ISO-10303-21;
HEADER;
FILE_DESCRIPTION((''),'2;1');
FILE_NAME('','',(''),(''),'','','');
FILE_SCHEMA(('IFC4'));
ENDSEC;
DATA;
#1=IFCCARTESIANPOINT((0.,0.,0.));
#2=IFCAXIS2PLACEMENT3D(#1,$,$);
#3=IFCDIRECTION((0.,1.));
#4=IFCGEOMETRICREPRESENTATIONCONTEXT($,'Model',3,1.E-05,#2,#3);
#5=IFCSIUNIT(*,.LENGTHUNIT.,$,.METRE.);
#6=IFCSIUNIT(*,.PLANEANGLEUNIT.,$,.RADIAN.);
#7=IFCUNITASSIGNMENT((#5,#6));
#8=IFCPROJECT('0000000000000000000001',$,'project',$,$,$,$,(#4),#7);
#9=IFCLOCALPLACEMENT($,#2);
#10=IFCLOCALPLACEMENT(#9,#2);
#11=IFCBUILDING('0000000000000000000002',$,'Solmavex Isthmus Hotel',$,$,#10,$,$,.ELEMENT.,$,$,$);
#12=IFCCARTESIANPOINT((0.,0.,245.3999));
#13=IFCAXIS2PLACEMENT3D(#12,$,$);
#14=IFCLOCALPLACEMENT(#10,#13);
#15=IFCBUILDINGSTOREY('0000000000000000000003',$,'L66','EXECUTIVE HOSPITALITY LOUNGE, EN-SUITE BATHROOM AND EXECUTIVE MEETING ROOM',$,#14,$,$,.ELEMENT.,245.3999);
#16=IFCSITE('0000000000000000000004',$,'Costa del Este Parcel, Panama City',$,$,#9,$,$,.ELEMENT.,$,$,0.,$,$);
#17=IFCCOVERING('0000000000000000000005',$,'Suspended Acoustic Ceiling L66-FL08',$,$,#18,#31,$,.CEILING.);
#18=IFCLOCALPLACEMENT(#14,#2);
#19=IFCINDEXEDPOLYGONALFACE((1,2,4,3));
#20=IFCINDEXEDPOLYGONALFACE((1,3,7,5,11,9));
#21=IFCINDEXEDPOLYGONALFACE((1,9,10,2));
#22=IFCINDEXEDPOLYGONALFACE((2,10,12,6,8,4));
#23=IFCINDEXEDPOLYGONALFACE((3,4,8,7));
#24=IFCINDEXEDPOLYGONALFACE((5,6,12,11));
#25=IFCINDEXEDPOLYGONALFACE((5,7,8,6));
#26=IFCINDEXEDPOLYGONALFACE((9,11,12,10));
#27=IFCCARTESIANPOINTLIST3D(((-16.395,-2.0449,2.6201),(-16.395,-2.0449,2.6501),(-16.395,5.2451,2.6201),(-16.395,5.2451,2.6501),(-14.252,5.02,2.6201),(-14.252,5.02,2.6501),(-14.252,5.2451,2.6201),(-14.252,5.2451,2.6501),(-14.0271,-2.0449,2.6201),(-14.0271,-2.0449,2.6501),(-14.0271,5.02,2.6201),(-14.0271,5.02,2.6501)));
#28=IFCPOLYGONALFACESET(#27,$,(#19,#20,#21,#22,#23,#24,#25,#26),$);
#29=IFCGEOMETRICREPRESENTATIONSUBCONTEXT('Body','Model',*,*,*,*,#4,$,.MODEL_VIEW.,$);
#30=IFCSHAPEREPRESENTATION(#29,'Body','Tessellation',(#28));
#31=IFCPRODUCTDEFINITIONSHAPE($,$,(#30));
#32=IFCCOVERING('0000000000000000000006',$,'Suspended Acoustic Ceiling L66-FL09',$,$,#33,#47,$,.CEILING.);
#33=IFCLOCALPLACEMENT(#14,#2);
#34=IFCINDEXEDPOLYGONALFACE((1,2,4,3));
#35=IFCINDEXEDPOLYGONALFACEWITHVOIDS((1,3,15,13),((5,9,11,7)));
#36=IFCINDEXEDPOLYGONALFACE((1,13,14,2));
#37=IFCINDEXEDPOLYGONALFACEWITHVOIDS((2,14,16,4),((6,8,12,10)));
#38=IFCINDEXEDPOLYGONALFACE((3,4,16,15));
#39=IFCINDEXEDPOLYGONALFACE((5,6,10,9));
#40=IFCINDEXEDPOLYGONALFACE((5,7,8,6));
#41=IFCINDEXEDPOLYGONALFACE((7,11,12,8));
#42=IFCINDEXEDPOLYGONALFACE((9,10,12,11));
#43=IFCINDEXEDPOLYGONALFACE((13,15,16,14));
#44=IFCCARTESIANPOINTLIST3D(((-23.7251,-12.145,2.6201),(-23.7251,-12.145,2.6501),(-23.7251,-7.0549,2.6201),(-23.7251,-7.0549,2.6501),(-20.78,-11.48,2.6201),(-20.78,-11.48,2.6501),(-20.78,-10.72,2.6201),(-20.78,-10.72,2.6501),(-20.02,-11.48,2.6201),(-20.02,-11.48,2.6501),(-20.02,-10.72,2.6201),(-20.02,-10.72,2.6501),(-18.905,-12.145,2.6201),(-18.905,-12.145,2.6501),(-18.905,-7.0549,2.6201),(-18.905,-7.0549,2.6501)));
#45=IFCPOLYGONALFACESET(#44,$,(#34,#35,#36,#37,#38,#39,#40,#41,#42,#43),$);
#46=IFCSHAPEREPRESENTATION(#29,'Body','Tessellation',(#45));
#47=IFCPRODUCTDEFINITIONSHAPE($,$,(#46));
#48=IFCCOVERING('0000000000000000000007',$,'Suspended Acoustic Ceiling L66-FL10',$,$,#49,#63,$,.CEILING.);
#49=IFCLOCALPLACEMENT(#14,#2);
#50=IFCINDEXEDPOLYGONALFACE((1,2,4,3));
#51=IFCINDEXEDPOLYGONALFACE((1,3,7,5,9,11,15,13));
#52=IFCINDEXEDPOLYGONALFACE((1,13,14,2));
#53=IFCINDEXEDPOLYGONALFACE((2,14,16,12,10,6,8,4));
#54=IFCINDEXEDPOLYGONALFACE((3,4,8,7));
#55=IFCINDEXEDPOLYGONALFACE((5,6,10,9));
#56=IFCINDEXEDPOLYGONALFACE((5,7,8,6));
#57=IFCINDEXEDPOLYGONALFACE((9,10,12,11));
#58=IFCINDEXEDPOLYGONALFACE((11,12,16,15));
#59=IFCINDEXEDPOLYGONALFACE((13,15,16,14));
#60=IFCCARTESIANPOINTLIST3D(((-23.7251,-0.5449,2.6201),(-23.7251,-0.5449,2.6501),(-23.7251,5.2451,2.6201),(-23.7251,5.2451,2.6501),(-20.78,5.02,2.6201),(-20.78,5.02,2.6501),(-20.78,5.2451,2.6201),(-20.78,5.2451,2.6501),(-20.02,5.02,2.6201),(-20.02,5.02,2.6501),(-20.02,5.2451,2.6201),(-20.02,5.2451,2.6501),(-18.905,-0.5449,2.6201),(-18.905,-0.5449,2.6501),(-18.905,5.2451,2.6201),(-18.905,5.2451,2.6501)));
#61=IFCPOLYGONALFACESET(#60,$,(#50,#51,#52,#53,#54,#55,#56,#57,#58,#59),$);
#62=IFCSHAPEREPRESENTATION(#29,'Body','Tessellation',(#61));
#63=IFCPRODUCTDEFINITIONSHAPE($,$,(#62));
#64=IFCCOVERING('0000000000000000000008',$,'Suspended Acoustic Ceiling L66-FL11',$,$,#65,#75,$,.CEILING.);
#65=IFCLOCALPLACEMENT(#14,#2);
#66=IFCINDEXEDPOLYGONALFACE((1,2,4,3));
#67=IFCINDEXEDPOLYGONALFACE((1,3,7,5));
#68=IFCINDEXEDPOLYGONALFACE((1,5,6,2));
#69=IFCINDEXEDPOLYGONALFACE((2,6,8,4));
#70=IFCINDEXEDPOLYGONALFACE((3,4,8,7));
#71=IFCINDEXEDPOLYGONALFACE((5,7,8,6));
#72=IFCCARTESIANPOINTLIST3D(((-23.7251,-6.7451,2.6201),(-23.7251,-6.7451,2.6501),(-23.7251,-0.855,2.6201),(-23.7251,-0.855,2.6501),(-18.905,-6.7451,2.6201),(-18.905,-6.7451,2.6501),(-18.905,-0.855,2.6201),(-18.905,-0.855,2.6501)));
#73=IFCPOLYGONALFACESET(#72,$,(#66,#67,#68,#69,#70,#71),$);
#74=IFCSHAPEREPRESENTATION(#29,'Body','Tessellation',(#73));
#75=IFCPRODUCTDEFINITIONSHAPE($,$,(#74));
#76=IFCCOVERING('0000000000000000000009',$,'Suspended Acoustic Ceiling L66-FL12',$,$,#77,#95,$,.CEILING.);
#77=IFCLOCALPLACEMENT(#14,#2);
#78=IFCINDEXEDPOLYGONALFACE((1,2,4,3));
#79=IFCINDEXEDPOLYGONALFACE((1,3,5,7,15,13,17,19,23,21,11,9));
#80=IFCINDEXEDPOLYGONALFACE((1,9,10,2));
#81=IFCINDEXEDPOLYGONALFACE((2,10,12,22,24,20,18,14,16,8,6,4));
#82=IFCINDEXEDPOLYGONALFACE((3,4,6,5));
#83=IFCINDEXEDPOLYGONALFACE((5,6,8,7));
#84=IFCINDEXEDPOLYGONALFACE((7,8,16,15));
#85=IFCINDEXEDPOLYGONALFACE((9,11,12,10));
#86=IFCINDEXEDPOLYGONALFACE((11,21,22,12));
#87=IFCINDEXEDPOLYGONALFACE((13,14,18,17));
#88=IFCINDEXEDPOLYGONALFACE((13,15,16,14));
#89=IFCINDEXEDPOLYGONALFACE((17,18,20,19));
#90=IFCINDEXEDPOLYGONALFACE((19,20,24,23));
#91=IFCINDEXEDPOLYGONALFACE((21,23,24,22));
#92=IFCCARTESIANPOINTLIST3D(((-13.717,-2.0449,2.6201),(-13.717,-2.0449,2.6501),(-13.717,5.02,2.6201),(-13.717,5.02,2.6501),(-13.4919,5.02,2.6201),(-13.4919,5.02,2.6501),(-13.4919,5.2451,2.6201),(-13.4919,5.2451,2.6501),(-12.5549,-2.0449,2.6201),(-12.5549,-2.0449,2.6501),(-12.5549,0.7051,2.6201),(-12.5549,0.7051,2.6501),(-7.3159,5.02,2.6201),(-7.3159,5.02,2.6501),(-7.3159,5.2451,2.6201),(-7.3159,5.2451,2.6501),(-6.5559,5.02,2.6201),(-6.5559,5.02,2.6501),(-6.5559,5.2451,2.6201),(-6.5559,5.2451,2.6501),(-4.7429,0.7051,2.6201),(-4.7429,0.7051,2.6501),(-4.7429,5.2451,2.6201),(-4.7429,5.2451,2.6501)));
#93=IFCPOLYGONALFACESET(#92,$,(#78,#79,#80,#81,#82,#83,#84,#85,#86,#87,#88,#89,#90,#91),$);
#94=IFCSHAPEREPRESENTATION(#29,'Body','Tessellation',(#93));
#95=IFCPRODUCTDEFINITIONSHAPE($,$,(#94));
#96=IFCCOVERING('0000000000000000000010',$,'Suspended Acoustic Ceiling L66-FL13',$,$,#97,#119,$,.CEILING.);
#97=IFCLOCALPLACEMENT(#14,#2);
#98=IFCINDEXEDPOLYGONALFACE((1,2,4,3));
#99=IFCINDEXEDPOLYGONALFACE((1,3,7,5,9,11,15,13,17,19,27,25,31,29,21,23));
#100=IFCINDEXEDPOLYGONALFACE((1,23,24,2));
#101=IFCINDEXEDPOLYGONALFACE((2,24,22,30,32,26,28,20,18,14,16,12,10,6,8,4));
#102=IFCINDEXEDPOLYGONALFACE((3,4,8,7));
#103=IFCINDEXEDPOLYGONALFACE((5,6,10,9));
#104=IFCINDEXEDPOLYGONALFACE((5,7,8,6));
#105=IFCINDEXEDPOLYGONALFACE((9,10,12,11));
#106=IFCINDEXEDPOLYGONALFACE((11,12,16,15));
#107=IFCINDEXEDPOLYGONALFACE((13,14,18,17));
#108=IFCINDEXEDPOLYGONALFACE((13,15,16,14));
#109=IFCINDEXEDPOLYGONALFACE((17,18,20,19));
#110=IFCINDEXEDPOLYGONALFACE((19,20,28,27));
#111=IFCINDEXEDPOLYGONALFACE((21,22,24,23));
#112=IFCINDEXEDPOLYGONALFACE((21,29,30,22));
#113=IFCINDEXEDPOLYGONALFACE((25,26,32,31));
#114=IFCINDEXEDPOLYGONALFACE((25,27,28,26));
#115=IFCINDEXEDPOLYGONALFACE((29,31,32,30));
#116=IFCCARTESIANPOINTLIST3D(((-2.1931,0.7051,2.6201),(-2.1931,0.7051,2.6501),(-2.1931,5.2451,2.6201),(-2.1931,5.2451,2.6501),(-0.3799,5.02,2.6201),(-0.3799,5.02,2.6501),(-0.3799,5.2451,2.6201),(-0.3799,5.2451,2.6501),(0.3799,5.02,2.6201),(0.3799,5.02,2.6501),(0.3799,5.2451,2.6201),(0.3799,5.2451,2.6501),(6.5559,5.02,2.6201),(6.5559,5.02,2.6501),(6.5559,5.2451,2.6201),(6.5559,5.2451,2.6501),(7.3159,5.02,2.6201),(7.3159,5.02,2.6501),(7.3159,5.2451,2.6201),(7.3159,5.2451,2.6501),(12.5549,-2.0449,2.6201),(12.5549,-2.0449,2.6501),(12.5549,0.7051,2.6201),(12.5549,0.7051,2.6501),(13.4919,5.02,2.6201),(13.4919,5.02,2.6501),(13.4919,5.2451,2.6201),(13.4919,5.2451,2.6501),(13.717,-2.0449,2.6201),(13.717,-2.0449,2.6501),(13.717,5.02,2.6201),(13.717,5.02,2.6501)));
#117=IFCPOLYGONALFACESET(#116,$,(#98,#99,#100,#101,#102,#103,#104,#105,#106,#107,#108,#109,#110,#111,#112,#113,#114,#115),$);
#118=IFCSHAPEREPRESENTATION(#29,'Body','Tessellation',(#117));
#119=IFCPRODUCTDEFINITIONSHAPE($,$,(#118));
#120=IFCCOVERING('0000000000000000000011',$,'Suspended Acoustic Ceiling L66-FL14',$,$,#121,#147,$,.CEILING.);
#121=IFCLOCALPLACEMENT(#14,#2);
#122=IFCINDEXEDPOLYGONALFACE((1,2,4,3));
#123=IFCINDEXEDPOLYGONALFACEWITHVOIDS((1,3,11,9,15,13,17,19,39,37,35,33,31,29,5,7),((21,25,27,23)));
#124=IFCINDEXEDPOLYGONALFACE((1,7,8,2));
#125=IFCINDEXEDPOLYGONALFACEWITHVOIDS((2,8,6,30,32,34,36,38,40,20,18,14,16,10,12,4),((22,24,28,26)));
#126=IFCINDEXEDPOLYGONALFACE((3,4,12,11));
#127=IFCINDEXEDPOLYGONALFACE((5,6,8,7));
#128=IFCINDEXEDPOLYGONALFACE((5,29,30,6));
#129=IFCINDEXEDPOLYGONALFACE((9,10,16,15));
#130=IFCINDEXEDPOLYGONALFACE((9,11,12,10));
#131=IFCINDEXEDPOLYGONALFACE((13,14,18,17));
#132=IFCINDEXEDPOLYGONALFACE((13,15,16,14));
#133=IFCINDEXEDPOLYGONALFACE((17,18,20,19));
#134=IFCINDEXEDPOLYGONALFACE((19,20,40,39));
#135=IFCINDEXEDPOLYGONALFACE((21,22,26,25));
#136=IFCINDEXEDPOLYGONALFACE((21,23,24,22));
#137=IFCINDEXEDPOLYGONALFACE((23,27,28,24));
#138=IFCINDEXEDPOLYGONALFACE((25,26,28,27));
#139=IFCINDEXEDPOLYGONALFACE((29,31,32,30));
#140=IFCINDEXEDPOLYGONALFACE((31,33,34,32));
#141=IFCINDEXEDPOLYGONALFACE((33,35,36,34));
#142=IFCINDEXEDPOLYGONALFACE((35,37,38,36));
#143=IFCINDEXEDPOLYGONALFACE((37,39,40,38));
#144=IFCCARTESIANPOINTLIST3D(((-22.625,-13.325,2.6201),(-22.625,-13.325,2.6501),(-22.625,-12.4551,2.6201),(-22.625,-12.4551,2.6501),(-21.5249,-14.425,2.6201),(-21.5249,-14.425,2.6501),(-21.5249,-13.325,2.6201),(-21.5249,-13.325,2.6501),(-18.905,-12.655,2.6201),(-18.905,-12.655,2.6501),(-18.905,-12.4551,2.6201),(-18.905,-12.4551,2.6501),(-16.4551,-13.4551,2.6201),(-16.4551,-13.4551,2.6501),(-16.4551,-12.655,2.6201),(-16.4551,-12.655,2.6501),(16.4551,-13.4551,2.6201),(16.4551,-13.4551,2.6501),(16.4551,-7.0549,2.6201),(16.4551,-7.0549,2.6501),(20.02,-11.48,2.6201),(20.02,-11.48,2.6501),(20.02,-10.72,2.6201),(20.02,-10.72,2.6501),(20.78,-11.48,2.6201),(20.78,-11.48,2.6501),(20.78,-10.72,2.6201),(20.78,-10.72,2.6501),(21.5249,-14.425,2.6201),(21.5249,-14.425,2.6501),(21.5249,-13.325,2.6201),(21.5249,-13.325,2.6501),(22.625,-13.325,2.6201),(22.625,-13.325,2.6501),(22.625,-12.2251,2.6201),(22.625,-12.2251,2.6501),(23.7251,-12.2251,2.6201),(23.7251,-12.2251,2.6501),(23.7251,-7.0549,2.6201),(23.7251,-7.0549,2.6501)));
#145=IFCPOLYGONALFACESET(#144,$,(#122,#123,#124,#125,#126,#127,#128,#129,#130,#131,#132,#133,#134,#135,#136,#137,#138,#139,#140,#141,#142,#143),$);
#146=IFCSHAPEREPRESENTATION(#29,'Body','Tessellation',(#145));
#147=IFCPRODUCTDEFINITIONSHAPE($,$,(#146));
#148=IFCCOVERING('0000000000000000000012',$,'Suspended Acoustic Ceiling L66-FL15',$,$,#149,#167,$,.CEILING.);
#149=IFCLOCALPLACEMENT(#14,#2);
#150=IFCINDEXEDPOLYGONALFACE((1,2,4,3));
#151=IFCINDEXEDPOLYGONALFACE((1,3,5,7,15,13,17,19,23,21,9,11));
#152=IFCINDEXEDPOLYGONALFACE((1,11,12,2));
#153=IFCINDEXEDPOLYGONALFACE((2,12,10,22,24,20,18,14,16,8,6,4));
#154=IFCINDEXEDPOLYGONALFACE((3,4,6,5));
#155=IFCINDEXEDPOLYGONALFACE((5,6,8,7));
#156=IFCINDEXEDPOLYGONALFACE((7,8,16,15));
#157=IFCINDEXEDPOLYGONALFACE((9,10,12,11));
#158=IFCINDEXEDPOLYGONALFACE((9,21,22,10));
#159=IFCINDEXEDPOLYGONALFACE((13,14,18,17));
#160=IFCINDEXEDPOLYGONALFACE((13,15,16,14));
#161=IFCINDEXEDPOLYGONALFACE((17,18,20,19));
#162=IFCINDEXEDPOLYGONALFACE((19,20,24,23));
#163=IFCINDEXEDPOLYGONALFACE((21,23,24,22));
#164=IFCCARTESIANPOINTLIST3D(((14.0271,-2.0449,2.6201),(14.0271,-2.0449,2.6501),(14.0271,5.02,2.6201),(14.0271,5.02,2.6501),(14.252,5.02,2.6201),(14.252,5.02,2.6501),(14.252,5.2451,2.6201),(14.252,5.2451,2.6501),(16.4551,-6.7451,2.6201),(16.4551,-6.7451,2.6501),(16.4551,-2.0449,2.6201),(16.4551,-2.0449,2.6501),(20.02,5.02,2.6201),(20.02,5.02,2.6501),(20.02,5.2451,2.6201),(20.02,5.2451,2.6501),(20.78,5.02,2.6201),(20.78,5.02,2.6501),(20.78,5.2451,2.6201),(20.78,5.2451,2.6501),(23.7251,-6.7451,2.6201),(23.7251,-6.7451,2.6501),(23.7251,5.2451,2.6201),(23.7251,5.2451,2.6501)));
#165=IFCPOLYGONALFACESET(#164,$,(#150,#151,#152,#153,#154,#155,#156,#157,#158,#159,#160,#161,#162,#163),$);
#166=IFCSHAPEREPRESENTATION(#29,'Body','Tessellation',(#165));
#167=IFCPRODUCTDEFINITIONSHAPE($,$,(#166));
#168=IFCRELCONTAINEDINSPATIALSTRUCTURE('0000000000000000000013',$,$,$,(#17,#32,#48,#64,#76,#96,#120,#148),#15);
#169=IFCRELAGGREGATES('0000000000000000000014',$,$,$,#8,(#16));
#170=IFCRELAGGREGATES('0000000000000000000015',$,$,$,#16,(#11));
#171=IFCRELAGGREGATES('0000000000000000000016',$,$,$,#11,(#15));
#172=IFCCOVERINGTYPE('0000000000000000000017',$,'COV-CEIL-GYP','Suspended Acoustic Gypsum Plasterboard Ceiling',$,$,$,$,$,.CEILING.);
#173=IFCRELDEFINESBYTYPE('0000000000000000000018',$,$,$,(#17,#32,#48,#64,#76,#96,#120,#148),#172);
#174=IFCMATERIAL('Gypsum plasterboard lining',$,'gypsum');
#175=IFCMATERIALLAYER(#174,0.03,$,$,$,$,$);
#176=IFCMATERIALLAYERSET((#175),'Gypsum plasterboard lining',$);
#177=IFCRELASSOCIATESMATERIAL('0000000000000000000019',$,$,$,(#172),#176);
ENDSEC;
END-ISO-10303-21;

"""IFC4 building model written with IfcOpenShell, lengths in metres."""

from ifc_helpers import new_model, si_unit, direction, frame, origin, place, context, subcontext, project, spatial, polyline, outline, extrude, material, layer, layer_set, type_object, element, save


model = new_model("IFC4")

# Units and contexts
model_context = context("Model", 3, precision=1e-05, world=origin(), true_north=direction((0.0, 1.0)))
body_context = subcontext(model_context, "Body", "Model", "MODEL_VIEW")
ifc_project = project(units=[si_unit("LENGTHUNIT", "METRE"), si_unit("PLANEANGLEUNIT", "RADIAN")], contexts=[model_context])

# Site, building, storey
site_placement = place(None, origin())
site = spatial("IfcSite", under=ifc_project, at=site_placement, Name="Costa del Este Parcel, Panama City", CompositionType="ELEMENT", RefElevation=0.0)
building_placement = place(site_placement, origin())
building = spatial("IfcBuilding", under=site, at=building_placement, Name="Solmavex Isthmus Hotel", CompositionType="ELEMENT")
storey_placement = place(building_placement, frame((0.0, 0.0, 245.3999)))
storey = spatial("IfcBuildingStorey", under=building, at=storey_placement, Name="L66", Description="EXECUTIVE HOSPITALITY LOUNGE, EN-SUITE BATHROOM AND EXECUTIVE MEETING ROOM", CompositionType="ELEMENT", Elevation=245.3999)

# Coverings
ifc_material_1 = material(Name="Gypsum plasterboard lining", Category="gypsum")
ifc_layer_1 = layer(ifc_material_1, 0.03)
ifc_layer_set_1 = layer_set([ifc_layer_1], Name="Gypsum plasterboard lining")
covering_type_1 = type_object("IfcCoveringType", Name="COV-CEIL-GYP", Description="Suspended Acoustic Gypsum Plasterboard Ceiling", PredefinedType="CEILING", material=ifc_layer_set_1)
covering_1_placement = place(storey_placement, frame((0.0, 0.0, 2.6201)))
element("IfcCovering", 1, at=covering_1_placement, inside=storey, type_object=covering_type_1, Name="Suspended Acoustic Ceiling L66-FL08", PredefinedType="CEILING", context=body_context, shape_type="SweptSolid", body=[
    extrude(outline(polyline([(-16.395, -2.0449), (-14.0271, -2.0449), (-14.0271, 5.02), (-14.252, 5.02), (-14.252, 5.2451), (-16.395, 5.2451), (-16.395, -2.0449)])), origin(), (0.0, 0.0, 1.0), 0.03),
])
covering_2_placement = place(storey_placement, frame((0.0, 0.0, 2.6201)))
element("IfcCovering", 2, at=covering_2_placement, inside=storey, type_object=covering_type_1, Name="Suspended Acoustic Ceiling L66-FL09", PredefinedType="CEILING", context=body_context, shape_type="SweptSolid", body=[
    extrude(outline(polyline([(-23.7251, -7.0549), (-23.7251, -12.145), (-18.905, -12.145), (-18.905, -7.0549), (-23.7251, -7.0549)]), holes=[polyline([(-20.78, -11.48), (-20.78, -10.72), (-20.02, -10.72), (-20.02, -11.48), (-20.78, -11.48)])]), origin(), (0.0, 0.0, 1.0), 0.03),
])
covering_3_placement = place(storey_placement, frame((0.0, 0.0, 2.6201)))
element("IfcCovering", 3, at=covering_3_placement, inside=storey, type_object=covering_type_1, Name="Suspended Acoustic Ceiling L66-FL10", PredefinedType="CEILING", context=body_context, shape_type="SweptSolid", body=[
    extrude(outline(polyline([(-20.02, 5.2451), (-20.02, 5.02), (-20.78, 5.02), (-20.78, 5.2451), (-23.7251, 5.2451), (-23.7251, -0.5449), (-18.905, -0.5449), (-18.905, 5.2451), (-20.02, 5.2451)])), origin(), (0.0, 0.0, 1.0), 0.03),
])
covering_4_placement = place(storey_placement, frame((0.0, 0.0, 2.6201)))
element("IfcCovering", 4, at=covering_4_placement, inside=storey, type_object=covering_type_1, Name="Suspended Acoustic Ceiling L66-FL11", PredefinedType="CEILING", context=body_context, shape_type="SweptSolid", body=[
    extrude(outline(polyline([(-23.7251, -6.7451), (-18.905, -6.7451), (-18.905, -0.855), (-23.7251, -0.855), (-23.7251, -6.7451)])), origin(), (0.0, 0.0, 1.0), 0.03),
])
covering_5_placement = place(storey_placement, frame((0.0, 0.0, 2.6201)))
element("IfcCovering", 5, at=covering_5_placement, inside=storey, type_object=covering_type_1, Name="Suspended Acoustic Ceiling L66-FL12", PredefinedType="CEILING", context=body_context, shape_type="SweptSolid", body=[
    extrude(outline(polyline([(-6.5559, 5.2451), (-6.5559, 5.02), (-7.3159, 5.02), (-7.3159, 5.2451), (-13.4919, 5.2451), (-13.4919, 5.02), (-13.717, 5.02), (-13.717, -2.0449), (-12.5549, -2.0449), (-12.5549, 0.7051), (-4.7429, 0.7051), (-4.7429, 5.2451), (-6.5559, 5.2451)])), origin(), (0.0, 0.0, 1.0), 0.03),
])
covering_6_placement = place(storey_placement, frame((0.0, 0.0, 2.6201)))
element("IfcCovering", 6, at=covering_6_placement, inside=storey, type_object=covering_type_1, Name="Suspended Acoustic Ceiling L66-FL13", PredefinedType="CEILING", context=body_context, shape_type="SweptSolid", body=[
    extrude(outline(polyline([(0.3799, 5.2451), (0.3799, 5.02), (-0.3799, 5.02), (-0.3799, 5.2451), (-2.1931, 5.2451), (-2.1931, 0.7051), (12.5549, 0.7051), (12.5549, -2.0449), (13.717, -2.0449), (13.717, 5.02), (13.4919, 5.02), (13.4919, 5.2451), (7.3159, 5.2451), (7.3159, 5.02), (6.5559, 5.02), (6.5559, 5.2451), (0.3799, 5.2451)])), origin(), (0.0, 0.0, 1.0), 0.03),
])
covering_7_placement = place(storey_placement, frame((0.0, 0.0, 2.6201)))
element("IfcCovering", 7, at=covering_7_placement, inside=storey, type_object=covering_type_1, Name="Suspended Acoustic Ceiling L66-FL14", PredefinedType="CEILING", context=body_context, shape_type="SweptSolid", body=[
    extrude(outline(polyline([(-22.625, -12.4551), (-22.625, -13.325), (-21.5249, -13.325), (-21.5249, -14.425), (21.5249, -14.425), (21.5249, -13.325), (22.625, -13.325), (22.625, -12.2251), (23.7251, -12.2251), (23.7251, -7.0549), (16.4551, -7.0549), (16.4551, -13.4551), (-16.4551, -13.4551), (-16.4551, -12.655), (-18.905, -12.655), (-18.905, -12.4551), (-22.625, -12.4551)]), holes=[polyline([(20.02, -11.48), (20.02, -10.72), (20.78, -10.72), (20.78, -11.48), (20.02, -11.48)])]), origin(), (0.0, 0.0, 1.0), 0.03),
])
covering_8_placement = place(storey_placement, frame((0.0, 0.0, 2.6201)))
element("IfcCovering", 8, at=covering_8_placement, inside=storey, type_object=covering_type_1, Name="Suspended Acoustic Ceiling L66-FL15", PredefinedType="CEILING", context=body_context, shape_type="SweptSolid", body=[
    extrude(outline(polyline([(14.252, 5.2451), (14.252, 5.02), (14.0271, 5.02), (14.0271, -2.0449), (16.4551, -2.0449), (16.4551, -6.7451), (23.7251, -6.7451), (23.7251, 5.2451), (20.78, 5.2451), (20.78, 5.02), (20.02, 5.02), (20.02, 5.2451), (14.252, 5.2451)])), origin(), (0.0, 0.0, 1.0), 0.03),
])

save(model, "model.ifc")
